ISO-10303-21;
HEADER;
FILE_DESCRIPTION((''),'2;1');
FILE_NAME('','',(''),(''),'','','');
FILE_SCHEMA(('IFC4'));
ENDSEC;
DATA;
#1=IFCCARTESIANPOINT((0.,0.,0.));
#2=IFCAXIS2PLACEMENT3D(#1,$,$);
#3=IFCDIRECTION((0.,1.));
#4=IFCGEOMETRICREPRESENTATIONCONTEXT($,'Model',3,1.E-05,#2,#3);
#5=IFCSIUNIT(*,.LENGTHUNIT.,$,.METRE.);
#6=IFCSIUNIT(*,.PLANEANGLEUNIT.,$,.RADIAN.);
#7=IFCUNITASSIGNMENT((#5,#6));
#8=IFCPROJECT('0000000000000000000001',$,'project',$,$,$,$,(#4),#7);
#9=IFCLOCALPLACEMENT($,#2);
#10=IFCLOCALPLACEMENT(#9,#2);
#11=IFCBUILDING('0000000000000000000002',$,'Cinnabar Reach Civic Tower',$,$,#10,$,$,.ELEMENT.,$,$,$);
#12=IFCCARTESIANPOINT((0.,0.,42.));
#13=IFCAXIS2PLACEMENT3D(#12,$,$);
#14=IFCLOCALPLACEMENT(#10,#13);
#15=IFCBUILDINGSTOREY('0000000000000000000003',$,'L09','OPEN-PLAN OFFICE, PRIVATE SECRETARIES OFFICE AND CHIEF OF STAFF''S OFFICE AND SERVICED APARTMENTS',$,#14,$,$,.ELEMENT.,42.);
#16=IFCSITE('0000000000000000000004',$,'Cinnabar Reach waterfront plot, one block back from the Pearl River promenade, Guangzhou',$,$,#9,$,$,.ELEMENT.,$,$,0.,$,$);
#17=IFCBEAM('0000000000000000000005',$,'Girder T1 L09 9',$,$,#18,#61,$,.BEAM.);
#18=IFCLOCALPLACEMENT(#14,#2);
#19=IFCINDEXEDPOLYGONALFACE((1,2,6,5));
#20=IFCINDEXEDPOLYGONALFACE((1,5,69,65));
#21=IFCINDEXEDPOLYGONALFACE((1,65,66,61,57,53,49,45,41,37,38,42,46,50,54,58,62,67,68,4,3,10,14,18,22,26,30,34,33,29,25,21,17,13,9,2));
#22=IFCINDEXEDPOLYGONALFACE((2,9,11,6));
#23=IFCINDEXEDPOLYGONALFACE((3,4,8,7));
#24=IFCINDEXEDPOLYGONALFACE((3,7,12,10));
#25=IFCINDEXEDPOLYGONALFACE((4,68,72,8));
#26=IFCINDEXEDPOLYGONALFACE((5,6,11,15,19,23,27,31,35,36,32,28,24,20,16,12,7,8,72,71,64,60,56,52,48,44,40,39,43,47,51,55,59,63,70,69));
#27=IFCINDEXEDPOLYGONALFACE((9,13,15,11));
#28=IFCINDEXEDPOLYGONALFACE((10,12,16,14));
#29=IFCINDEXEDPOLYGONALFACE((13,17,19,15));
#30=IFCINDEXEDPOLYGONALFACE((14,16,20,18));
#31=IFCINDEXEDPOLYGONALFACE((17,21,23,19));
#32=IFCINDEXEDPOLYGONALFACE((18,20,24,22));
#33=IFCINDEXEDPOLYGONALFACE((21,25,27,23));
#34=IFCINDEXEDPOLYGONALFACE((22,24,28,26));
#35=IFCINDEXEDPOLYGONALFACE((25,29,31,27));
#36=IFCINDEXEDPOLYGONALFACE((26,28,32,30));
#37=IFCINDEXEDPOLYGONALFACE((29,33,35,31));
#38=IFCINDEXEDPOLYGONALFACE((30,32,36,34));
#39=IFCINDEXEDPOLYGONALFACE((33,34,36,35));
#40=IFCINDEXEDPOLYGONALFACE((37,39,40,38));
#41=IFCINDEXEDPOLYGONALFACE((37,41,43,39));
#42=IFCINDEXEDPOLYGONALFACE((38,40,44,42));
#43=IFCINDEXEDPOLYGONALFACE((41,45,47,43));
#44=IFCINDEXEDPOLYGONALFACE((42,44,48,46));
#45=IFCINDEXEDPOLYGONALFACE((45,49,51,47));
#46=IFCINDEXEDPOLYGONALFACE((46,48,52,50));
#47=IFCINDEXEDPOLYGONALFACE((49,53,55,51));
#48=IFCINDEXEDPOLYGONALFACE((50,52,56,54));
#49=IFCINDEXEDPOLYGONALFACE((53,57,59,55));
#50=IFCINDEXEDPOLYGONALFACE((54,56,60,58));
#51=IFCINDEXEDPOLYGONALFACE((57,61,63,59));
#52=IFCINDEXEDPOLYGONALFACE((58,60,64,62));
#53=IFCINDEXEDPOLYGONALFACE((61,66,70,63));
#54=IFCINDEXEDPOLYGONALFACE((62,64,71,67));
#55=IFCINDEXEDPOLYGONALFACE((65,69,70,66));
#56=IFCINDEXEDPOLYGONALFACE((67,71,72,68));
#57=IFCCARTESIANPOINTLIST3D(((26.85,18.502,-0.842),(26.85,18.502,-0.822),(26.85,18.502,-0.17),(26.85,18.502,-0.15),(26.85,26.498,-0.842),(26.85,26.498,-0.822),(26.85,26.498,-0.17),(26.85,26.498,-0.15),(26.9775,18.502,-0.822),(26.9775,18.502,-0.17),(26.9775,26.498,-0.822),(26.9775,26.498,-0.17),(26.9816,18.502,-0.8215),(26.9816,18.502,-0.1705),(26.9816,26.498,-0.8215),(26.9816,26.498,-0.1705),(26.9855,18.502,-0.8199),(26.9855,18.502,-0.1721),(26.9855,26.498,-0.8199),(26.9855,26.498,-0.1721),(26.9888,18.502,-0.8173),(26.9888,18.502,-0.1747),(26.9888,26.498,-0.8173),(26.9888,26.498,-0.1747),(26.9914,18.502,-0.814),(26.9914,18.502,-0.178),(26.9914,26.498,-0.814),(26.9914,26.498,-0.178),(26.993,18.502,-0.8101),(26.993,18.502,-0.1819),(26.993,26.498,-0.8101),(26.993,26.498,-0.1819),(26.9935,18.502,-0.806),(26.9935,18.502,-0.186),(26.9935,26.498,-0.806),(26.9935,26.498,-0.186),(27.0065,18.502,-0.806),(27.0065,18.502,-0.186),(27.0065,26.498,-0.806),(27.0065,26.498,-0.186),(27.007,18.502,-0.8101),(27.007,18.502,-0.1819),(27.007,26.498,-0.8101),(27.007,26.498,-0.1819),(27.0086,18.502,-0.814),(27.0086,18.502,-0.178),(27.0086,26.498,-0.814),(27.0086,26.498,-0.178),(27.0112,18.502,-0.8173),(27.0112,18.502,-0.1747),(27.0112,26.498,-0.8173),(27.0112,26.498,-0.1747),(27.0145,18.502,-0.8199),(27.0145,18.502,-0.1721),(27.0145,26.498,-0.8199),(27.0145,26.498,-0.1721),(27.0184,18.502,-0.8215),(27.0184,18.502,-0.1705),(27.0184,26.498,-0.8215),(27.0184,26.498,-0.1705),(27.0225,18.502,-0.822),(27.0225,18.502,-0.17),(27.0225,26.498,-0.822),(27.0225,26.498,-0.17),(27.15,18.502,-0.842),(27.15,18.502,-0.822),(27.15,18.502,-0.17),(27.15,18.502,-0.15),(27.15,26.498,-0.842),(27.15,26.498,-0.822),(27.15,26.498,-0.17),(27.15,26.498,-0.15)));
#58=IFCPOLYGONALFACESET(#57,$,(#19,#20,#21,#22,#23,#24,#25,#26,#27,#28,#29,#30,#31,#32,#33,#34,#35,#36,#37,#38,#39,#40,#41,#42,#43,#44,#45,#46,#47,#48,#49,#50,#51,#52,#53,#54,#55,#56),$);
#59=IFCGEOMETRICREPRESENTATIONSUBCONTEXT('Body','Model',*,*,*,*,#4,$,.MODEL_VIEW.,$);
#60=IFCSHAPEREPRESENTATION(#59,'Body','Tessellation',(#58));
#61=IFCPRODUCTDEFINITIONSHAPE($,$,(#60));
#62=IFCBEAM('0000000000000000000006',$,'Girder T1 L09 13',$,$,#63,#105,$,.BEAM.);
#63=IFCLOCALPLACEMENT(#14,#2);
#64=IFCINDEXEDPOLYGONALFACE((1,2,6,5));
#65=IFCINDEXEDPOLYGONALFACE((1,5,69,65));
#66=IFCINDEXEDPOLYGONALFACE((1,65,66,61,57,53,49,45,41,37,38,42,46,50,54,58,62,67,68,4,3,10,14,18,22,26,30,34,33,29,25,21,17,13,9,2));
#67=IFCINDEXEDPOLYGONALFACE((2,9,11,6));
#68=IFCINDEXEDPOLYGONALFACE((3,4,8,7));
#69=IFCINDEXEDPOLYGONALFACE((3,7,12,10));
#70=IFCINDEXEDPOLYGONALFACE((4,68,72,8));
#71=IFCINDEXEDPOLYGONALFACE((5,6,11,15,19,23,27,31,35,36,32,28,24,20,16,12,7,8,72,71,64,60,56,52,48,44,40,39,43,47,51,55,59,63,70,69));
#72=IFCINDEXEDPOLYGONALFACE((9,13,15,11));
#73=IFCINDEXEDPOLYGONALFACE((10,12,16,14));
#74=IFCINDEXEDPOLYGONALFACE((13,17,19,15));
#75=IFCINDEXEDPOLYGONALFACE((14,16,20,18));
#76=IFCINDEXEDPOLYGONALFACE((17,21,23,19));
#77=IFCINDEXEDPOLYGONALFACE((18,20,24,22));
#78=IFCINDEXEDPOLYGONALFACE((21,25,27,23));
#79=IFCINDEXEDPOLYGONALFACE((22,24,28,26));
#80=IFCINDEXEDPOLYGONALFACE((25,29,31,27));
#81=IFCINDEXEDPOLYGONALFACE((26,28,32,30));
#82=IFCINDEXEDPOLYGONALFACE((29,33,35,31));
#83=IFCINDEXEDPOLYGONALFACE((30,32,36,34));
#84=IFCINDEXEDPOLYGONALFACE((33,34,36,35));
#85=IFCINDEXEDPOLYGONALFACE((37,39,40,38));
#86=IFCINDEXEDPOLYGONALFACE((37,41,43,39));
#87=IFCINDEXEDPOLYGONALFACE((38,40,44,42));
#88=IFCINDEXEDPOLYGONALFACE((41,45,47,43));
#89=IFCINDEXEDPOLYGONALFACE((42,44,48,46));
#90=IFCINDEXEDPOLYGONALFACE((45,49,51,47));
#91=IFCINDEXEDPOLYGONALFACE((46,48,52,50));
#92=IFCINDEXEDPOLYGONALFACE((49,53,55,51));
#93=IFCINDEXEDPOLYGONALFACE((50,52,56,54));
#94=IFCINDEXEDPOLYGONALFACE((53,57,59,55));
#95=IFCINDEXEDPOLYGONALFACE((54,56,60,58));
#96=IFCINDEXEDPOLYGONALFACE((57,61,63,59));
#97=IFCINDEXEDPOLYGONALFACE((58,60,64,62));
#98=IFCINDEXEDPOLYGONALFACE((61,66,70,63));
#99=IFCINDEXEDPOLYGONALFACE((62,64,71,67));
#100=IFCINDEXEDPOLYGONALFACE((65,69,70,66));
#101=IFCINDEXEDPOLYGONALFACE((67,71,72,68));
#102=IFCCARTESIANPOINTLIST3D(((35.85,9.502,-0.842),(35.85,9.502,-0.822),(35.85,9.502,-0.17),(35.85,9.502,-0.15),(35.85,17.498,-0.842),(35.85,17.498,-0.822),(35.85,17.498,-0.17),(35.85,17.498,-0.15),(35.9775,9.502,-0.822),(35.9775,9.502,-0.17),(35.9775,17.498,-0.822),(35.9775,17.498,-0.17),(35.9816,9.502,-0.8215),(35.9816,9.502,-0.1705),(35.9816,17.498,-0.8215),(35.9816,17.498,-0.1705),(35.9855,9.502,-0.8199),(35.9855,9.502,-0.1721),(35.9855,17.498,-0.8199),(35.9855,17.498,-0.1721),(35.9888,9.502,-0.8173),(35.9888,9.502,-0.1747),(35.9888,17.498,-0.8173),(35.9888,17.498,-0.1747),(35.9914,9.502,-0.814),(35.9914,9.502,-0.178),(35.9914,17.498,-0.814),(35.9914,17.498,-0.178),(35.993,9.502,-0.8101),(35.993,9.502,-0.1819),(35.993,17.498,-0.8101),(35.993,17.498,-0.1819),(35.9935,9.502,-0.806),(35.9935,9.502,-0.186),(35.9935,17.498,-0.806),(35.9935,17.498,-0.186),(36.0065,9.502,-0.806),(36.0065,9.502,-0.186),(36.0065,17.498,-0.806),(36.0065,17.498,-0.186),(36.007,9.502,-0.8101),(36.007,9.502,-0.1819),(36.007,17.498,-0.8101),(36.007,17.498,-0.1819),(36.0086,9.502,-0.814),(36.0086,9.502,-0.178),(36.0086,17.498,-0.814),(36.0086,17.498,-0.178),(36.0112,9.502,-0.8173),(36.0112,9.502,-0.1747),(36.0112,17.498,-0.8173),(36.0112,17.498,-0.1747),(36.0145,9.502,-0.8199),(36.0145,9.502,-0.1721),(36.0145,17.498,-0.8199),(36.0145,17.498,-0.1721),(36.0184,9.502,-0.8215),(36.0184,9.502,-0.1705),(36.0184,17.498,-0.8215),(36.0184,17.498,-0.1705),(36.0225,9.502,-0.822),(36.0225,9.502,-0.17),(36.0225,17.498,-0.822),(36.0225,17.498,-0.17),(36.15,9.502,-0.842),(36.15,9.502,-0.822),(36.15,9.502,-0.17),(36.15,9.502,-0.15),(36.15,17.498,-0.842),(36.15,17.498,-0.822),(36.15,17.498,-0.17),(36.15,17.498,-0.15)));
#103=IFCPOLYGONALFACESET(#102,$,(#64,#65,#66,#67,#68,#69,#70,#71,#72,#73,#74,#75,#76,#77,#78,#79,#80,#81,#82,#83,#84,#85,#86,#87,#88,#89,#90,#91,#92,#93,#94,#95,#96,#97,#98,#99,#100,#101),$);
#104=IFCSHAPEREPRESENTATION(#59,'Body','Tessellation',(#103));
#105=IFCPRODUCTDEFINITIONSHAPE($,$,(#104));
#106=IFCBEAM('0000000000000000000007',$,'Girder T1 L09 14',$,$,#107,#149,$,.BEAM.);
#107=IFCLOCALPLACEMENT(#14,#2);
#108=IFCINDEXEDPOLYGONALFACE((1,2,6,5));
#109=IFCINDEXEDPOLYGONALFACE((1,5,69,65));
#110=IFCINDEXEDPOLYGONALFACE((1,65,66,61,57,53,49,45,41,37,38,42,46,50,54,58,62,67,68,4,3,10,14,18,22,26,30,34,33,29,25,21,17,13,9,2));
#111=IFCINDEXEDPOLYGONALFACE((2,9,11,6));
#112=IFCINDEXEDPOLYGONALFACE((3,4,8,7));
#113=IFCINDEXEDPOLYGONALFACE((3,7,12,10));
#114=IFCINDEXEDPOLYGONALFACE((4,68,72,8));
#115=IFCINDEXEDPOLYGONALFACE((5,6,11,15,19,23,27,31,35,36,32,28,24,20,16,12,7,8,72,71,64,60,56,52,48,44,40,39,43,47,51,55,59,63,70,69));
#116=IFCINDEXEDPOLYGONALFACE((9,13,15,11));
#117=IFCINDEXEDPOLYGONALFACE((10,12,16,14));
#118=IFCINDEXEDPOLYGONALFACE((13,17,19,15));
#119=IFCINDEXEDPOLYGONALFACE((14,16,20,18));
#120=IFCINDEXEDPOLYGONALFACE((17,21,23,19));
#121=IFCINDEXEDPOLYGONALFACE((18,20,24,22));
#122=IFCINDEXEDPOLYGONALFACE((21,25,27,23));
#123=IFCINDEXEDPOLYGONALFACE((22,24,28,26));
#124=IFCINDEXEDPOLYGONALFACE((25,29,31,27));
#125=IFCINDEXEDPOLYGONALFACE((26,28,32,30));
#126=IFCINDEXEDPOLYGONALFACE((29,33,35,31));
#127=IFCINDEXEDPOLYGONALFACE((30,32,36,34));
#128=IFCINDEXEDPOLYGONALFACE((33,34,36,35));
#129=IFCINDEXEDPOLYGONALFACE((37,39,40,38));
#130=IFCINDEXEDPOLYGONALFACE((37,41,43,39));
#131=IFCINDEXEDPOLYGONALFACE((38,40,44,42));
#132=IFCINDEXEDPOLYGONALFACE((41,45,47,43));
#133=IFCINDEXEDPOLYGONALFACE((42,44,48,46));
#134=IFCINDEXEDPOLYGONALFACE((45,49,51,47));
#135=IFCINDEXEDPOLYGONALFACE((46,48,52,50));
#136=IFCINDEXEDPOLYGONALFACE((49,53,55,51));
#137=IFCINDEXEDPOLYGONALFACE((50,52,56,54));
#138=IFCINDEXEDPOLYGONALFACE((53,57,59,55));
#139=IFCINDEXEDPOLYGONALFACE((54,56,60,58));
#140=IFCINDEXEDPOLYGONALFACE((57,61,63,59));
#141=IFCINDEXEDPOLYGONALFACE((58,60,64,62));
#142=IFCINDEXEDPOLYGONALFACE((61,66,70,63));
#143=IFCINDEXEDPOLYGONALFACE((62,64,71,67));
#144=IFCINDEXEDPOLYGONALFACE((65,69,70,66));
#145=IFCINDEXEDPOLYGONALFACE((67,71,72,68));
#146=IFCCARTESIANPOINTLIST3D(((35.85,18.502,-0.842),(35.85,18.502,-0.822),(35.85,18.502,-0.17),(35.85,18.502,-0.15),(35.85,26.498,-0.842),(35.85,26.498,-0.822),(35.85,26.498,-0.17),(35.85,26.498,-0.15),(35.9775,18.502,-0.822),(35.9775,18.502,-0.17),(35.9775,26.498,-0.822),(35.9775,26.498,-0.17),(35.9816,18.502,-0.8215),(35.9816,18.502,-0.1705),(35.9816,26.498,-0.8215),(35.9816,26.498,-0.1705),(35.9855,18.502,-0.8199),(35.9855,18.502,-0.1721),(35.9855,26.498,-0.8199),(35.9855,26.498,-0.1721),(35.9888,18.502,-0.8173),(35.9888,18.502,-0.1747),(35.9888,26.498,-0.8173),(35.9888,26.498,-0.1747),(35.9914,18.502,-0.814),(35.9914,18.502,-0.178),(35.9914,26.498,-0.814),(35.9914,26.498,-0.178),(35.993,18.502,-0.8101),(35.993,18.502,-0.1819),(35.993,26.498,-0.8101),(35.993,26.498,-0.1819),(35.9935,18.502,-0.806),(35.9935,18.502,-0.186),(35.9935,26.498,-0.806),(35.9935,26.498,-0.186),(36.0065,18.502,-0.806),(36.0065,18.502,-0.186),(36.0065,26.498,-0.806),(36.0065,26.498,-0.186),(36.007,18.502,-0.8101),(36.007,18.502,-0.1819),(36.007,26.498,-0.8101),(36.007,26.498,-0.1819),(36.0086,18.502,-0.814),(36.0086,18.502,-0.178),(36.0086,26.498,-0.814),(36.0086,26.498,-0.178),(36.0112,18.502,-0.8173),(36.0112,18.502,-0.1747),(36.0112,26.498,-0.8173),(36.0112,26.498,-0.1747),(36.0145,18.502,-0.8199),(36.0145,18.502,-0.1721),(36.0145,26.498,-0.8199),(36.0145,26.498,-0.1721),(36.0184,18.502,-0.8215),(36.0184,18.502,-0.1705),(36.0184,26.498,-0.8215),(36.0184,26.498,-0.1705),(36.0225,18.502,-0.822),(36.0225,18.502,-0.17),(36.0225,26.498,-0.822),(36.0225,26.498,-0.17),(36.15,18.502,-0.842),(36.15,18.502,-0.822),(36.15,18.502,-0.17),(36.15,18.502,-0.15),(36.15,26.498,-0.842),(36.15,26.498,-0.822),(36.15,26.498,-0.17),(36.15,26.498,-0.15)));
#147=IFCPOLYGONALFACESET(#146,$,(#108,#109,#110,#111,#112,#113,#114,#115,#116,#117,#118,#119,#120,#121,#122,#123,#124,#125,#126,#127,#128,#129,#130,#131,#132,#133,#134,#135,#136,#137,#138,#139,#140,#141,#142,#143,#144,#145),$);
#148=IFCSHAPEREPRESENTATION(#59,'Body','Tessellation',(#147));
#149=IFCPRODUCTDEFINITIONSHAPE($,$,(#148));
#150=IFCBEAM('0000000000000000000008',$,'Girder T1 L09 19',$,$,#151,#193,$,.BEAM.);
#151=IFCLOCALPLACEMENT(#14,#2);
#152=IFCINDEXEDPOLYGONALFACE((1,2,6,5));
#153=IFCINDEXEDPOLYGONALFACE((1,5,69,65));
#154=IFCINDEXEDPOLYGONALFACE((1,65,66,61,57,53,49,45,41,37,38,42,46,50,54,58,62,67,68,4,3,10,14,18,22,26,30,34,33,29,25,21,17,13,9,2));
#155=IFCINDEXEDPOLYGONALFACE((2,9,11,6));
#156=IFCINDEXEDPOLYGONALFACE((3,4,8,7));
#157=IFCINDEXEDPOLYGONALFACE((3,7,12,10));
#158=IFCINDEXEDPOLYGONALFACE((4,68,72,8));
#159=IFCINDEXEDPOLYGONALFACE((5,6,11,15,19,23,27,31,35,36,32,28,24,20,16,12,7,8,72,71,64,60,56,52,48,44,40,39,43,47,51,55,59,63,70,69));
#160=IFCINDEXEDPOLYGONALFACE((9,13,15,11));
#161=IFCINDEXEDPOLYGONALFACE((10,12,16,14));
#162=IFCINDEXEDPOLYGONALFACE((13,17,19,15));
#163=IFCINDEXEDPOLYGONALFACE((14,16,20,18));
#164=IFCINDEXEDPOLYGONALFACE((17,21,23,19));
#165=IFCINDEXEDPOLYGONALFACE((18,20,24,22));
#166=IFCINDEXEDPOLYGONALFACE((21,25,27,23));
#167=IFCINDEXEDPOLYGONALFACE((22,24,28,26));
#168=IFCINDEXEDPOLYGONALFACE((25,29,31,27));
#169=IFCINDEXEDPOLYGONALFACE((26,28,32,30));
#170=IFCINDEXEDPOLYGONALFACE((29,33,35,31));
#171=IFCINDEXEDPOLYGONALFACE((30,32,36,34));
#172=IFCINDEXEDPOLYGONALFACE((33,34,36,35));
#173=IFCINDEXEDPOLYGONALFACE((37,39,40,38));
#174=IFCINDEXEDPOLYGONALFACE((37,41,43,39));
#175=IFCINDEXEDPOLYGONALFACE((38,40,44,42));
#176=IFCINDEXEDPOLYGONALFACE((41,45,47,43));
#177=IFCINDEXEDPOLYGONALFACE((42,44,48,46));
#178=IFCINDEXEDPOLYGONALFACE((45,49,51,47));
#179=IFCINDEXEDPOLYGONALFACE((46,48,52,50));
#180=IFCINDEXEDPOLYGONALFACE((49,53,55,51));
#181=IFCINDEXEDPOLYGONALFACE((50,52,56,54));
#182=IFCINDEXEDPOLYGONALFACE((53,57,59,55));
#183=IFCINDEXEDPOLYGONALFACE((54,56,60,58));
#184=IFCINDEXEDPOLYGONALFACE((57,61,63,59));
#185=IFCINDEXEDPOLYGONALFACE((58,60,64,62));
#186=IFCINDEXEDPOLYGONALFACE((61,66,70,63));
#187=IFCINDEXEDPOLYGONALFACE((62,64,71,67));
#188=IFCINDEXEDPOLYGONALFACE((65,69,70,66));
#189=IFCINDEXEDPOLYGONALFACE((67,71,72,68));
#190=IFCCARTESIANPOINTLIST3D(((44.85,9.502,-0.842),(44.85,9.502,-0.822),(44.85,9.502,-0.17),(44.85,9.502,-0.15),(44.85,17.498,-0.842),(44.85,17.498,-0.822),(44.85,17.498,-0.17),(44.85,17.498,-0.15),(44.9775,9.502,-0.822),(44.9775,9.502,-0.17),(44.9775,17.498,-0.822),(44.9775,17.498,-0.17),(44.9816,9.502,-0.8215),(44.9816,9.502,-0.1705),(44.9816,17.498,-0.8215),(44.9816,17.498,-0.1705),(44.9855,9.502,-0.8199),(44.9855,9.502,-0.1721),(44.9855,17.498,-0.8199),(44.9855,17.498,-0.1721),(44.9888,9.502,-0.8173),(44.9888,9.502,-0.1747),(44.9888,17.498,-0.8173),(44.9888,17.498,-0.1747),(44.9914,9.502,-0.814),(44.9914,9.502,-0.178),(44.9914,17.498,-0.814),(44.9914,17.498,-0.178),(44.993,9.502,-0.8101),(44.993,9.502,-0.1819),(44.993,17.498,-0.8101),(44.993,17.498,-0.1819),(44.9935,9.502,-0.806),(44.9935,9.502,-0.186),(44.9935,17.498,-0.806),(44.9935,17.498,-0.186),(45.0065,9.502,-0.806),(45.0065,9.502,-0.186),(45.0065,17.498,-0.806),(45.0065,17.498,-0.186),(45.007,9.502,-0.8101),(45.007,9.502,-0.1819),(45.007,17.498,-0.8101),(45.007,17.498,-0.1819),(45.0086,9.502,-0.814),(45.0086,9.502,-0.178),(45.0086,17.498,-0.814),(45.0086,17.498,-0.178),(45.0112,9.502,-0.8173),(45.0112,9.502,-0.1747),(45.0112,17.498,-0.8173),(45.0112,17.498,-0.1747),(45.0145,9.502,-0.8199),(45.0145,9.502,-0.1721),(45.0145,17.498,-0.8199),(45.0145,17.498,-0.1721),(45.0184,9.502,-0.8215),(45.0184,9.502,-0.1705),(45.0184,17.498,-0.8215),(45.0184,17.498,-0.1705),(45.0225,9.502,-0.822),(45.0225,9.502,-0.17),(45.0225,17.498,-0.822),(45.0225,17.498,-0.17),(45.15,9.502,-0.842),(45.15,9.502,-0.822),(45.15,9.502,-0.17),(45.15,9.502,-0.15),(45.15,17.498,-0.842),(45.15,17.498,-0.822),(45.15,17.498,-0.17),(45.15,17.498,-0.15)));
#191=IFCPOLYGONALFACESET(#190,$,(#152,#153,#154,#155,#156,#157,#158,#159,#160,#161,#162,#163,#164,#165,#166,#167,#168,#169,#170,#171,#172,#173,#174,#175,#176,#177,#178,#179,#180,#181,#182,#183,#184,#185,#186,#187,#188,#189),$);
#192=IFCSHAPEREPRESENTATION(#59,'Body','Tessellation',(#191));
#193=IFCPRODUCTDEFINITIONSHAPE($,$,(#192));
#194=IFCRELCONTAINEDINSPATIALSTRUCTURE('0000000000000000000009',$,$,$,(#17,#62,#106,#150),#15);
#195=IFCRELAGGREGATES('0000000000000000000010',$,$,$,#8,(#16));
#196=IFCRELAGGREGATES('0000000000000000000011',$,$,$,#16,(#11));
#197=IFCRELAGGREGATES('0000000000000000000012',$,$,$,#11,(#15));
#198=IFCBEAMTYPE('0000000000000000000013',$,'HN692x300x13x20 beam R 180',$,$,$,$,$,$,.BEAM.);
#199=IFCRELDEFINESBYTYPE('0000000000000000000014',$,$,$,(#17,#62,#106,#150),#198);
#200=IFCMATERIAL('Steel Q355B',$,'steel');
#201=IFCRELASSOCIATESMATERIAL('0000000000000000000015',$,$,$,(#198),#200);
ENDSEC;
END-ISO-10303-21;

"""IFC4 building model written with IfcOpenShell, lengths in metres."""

from ifc_helpers import new_model, si_unit, direction, frame, origin, origin_2d, place, context, subcontext, project, spatial, i_section, extrude, material, material_profile, profile_set, type_object, element, save


model = new_model("IFC4")

# Units and contexts
model_context = context("Model", 3, precision=1e-05, world=origin(), true_north=direction((0.0, 1.0)))
body_context = subcontext(model_context, "Body", "Model", "MODEL_VIEW")
ifc_project = project(units=[si_unit("LENGTHUNIT", "METRE"), si_unit("PLANEANGLEUNIT", "RADIAN")], contexts=[model_context])

# Site, building, storey
site_placement = place(None, origin())
site = spatial("IfcSite", under=ifc_project, at=site_placement, Name="Cinnabar Reach waterfront plot, one block back from the Pearl River promenade, Guangzhou", CompositionType="ELEMENT", RefElevation=0.0)
building_placement = place(site_placement, origin())
building = spatial("IfcBuilding", under=site, at=building_placement, Name="Cinnabar Reach Civic Tower", CompositionType="ELEMENT")
storey_placement = place(building_placement, frame((0.0, 0.0, 42.0)))
storey = spatial("IfcBuildingStorey", under=building, at=storey_placement, Name="L09", Description="OPEN-PLAN OFFICE, PRIVATE SECRETARIES OFFICE AND CHIEF OF STAFF'S OFFICE AND SERVICED APARTMENTS", CompositionType="ELEMENT", Elevation=42.0)

# Beams
ifc_material_1 = material(Name="Steel Q355B", Category="steel")
ifc_material_profile_1 = material_profile(ifc_material_1, i_section(OverallWidth=0.3, OverallDepth=0.692, WebThickness=0.013, FlangeThickness=0.02, FilletRadius=0.016, at=origin_2d()), Name="HN692x300x13x20")
ifc_profile_set_1 = profile_set([ifc_material_profile_1], Name="Steel Q355B")
beam_type_1 = type_object("IfcBeamType", Name="HN692x300x13x20 beam R 180", PredefinedType="BEAM", material=ifc_profile_set_1)
for number, where, z_axis, x_axis, name in (
    (1, (27.0, 18.502, -0.496), (0.0, 1.0, 0.0), (-1.0, 0.0, 0.0), "Girder T1 L09 9"),
    (2, (36.0, 9.502, -0.496), (0.0, 1.0, 0.0), (-1.0, 0.0, 0.0), "Girder T1 L09 13"),
    (3, (36.0, 18.502, -0.496), (0.0, 1.0, 0.0), (-1.0, 0.0, 0.0), "Girder T1 L09 14"),
    (4, (45.0, 9.502, -0.496), (0.0, 1.0, 0.0), (-1.0, 0.0, 0.0), "Girder T1 L09 19"),
):
    element("IfcBeam", number, at=place(storey_placement, frame(where, z_axis=z_axis, x_axis=x_axis)), inside=storey, type_object=beam_type_1, Name=name, PredefinedType="BEAM", context=body_context, shape_type="SweptSolid", body=[
        extrude(i_section(OverallWidth=0.3, OverallDepth=0.692, WebThickness=0.013, FlangeThickness=0.02, FilletRadius=0.016, at=origin_2d()), origin(), (0.0, 0.0, 1.0), 7.996),
    ])

save(model, "model.ifc")
